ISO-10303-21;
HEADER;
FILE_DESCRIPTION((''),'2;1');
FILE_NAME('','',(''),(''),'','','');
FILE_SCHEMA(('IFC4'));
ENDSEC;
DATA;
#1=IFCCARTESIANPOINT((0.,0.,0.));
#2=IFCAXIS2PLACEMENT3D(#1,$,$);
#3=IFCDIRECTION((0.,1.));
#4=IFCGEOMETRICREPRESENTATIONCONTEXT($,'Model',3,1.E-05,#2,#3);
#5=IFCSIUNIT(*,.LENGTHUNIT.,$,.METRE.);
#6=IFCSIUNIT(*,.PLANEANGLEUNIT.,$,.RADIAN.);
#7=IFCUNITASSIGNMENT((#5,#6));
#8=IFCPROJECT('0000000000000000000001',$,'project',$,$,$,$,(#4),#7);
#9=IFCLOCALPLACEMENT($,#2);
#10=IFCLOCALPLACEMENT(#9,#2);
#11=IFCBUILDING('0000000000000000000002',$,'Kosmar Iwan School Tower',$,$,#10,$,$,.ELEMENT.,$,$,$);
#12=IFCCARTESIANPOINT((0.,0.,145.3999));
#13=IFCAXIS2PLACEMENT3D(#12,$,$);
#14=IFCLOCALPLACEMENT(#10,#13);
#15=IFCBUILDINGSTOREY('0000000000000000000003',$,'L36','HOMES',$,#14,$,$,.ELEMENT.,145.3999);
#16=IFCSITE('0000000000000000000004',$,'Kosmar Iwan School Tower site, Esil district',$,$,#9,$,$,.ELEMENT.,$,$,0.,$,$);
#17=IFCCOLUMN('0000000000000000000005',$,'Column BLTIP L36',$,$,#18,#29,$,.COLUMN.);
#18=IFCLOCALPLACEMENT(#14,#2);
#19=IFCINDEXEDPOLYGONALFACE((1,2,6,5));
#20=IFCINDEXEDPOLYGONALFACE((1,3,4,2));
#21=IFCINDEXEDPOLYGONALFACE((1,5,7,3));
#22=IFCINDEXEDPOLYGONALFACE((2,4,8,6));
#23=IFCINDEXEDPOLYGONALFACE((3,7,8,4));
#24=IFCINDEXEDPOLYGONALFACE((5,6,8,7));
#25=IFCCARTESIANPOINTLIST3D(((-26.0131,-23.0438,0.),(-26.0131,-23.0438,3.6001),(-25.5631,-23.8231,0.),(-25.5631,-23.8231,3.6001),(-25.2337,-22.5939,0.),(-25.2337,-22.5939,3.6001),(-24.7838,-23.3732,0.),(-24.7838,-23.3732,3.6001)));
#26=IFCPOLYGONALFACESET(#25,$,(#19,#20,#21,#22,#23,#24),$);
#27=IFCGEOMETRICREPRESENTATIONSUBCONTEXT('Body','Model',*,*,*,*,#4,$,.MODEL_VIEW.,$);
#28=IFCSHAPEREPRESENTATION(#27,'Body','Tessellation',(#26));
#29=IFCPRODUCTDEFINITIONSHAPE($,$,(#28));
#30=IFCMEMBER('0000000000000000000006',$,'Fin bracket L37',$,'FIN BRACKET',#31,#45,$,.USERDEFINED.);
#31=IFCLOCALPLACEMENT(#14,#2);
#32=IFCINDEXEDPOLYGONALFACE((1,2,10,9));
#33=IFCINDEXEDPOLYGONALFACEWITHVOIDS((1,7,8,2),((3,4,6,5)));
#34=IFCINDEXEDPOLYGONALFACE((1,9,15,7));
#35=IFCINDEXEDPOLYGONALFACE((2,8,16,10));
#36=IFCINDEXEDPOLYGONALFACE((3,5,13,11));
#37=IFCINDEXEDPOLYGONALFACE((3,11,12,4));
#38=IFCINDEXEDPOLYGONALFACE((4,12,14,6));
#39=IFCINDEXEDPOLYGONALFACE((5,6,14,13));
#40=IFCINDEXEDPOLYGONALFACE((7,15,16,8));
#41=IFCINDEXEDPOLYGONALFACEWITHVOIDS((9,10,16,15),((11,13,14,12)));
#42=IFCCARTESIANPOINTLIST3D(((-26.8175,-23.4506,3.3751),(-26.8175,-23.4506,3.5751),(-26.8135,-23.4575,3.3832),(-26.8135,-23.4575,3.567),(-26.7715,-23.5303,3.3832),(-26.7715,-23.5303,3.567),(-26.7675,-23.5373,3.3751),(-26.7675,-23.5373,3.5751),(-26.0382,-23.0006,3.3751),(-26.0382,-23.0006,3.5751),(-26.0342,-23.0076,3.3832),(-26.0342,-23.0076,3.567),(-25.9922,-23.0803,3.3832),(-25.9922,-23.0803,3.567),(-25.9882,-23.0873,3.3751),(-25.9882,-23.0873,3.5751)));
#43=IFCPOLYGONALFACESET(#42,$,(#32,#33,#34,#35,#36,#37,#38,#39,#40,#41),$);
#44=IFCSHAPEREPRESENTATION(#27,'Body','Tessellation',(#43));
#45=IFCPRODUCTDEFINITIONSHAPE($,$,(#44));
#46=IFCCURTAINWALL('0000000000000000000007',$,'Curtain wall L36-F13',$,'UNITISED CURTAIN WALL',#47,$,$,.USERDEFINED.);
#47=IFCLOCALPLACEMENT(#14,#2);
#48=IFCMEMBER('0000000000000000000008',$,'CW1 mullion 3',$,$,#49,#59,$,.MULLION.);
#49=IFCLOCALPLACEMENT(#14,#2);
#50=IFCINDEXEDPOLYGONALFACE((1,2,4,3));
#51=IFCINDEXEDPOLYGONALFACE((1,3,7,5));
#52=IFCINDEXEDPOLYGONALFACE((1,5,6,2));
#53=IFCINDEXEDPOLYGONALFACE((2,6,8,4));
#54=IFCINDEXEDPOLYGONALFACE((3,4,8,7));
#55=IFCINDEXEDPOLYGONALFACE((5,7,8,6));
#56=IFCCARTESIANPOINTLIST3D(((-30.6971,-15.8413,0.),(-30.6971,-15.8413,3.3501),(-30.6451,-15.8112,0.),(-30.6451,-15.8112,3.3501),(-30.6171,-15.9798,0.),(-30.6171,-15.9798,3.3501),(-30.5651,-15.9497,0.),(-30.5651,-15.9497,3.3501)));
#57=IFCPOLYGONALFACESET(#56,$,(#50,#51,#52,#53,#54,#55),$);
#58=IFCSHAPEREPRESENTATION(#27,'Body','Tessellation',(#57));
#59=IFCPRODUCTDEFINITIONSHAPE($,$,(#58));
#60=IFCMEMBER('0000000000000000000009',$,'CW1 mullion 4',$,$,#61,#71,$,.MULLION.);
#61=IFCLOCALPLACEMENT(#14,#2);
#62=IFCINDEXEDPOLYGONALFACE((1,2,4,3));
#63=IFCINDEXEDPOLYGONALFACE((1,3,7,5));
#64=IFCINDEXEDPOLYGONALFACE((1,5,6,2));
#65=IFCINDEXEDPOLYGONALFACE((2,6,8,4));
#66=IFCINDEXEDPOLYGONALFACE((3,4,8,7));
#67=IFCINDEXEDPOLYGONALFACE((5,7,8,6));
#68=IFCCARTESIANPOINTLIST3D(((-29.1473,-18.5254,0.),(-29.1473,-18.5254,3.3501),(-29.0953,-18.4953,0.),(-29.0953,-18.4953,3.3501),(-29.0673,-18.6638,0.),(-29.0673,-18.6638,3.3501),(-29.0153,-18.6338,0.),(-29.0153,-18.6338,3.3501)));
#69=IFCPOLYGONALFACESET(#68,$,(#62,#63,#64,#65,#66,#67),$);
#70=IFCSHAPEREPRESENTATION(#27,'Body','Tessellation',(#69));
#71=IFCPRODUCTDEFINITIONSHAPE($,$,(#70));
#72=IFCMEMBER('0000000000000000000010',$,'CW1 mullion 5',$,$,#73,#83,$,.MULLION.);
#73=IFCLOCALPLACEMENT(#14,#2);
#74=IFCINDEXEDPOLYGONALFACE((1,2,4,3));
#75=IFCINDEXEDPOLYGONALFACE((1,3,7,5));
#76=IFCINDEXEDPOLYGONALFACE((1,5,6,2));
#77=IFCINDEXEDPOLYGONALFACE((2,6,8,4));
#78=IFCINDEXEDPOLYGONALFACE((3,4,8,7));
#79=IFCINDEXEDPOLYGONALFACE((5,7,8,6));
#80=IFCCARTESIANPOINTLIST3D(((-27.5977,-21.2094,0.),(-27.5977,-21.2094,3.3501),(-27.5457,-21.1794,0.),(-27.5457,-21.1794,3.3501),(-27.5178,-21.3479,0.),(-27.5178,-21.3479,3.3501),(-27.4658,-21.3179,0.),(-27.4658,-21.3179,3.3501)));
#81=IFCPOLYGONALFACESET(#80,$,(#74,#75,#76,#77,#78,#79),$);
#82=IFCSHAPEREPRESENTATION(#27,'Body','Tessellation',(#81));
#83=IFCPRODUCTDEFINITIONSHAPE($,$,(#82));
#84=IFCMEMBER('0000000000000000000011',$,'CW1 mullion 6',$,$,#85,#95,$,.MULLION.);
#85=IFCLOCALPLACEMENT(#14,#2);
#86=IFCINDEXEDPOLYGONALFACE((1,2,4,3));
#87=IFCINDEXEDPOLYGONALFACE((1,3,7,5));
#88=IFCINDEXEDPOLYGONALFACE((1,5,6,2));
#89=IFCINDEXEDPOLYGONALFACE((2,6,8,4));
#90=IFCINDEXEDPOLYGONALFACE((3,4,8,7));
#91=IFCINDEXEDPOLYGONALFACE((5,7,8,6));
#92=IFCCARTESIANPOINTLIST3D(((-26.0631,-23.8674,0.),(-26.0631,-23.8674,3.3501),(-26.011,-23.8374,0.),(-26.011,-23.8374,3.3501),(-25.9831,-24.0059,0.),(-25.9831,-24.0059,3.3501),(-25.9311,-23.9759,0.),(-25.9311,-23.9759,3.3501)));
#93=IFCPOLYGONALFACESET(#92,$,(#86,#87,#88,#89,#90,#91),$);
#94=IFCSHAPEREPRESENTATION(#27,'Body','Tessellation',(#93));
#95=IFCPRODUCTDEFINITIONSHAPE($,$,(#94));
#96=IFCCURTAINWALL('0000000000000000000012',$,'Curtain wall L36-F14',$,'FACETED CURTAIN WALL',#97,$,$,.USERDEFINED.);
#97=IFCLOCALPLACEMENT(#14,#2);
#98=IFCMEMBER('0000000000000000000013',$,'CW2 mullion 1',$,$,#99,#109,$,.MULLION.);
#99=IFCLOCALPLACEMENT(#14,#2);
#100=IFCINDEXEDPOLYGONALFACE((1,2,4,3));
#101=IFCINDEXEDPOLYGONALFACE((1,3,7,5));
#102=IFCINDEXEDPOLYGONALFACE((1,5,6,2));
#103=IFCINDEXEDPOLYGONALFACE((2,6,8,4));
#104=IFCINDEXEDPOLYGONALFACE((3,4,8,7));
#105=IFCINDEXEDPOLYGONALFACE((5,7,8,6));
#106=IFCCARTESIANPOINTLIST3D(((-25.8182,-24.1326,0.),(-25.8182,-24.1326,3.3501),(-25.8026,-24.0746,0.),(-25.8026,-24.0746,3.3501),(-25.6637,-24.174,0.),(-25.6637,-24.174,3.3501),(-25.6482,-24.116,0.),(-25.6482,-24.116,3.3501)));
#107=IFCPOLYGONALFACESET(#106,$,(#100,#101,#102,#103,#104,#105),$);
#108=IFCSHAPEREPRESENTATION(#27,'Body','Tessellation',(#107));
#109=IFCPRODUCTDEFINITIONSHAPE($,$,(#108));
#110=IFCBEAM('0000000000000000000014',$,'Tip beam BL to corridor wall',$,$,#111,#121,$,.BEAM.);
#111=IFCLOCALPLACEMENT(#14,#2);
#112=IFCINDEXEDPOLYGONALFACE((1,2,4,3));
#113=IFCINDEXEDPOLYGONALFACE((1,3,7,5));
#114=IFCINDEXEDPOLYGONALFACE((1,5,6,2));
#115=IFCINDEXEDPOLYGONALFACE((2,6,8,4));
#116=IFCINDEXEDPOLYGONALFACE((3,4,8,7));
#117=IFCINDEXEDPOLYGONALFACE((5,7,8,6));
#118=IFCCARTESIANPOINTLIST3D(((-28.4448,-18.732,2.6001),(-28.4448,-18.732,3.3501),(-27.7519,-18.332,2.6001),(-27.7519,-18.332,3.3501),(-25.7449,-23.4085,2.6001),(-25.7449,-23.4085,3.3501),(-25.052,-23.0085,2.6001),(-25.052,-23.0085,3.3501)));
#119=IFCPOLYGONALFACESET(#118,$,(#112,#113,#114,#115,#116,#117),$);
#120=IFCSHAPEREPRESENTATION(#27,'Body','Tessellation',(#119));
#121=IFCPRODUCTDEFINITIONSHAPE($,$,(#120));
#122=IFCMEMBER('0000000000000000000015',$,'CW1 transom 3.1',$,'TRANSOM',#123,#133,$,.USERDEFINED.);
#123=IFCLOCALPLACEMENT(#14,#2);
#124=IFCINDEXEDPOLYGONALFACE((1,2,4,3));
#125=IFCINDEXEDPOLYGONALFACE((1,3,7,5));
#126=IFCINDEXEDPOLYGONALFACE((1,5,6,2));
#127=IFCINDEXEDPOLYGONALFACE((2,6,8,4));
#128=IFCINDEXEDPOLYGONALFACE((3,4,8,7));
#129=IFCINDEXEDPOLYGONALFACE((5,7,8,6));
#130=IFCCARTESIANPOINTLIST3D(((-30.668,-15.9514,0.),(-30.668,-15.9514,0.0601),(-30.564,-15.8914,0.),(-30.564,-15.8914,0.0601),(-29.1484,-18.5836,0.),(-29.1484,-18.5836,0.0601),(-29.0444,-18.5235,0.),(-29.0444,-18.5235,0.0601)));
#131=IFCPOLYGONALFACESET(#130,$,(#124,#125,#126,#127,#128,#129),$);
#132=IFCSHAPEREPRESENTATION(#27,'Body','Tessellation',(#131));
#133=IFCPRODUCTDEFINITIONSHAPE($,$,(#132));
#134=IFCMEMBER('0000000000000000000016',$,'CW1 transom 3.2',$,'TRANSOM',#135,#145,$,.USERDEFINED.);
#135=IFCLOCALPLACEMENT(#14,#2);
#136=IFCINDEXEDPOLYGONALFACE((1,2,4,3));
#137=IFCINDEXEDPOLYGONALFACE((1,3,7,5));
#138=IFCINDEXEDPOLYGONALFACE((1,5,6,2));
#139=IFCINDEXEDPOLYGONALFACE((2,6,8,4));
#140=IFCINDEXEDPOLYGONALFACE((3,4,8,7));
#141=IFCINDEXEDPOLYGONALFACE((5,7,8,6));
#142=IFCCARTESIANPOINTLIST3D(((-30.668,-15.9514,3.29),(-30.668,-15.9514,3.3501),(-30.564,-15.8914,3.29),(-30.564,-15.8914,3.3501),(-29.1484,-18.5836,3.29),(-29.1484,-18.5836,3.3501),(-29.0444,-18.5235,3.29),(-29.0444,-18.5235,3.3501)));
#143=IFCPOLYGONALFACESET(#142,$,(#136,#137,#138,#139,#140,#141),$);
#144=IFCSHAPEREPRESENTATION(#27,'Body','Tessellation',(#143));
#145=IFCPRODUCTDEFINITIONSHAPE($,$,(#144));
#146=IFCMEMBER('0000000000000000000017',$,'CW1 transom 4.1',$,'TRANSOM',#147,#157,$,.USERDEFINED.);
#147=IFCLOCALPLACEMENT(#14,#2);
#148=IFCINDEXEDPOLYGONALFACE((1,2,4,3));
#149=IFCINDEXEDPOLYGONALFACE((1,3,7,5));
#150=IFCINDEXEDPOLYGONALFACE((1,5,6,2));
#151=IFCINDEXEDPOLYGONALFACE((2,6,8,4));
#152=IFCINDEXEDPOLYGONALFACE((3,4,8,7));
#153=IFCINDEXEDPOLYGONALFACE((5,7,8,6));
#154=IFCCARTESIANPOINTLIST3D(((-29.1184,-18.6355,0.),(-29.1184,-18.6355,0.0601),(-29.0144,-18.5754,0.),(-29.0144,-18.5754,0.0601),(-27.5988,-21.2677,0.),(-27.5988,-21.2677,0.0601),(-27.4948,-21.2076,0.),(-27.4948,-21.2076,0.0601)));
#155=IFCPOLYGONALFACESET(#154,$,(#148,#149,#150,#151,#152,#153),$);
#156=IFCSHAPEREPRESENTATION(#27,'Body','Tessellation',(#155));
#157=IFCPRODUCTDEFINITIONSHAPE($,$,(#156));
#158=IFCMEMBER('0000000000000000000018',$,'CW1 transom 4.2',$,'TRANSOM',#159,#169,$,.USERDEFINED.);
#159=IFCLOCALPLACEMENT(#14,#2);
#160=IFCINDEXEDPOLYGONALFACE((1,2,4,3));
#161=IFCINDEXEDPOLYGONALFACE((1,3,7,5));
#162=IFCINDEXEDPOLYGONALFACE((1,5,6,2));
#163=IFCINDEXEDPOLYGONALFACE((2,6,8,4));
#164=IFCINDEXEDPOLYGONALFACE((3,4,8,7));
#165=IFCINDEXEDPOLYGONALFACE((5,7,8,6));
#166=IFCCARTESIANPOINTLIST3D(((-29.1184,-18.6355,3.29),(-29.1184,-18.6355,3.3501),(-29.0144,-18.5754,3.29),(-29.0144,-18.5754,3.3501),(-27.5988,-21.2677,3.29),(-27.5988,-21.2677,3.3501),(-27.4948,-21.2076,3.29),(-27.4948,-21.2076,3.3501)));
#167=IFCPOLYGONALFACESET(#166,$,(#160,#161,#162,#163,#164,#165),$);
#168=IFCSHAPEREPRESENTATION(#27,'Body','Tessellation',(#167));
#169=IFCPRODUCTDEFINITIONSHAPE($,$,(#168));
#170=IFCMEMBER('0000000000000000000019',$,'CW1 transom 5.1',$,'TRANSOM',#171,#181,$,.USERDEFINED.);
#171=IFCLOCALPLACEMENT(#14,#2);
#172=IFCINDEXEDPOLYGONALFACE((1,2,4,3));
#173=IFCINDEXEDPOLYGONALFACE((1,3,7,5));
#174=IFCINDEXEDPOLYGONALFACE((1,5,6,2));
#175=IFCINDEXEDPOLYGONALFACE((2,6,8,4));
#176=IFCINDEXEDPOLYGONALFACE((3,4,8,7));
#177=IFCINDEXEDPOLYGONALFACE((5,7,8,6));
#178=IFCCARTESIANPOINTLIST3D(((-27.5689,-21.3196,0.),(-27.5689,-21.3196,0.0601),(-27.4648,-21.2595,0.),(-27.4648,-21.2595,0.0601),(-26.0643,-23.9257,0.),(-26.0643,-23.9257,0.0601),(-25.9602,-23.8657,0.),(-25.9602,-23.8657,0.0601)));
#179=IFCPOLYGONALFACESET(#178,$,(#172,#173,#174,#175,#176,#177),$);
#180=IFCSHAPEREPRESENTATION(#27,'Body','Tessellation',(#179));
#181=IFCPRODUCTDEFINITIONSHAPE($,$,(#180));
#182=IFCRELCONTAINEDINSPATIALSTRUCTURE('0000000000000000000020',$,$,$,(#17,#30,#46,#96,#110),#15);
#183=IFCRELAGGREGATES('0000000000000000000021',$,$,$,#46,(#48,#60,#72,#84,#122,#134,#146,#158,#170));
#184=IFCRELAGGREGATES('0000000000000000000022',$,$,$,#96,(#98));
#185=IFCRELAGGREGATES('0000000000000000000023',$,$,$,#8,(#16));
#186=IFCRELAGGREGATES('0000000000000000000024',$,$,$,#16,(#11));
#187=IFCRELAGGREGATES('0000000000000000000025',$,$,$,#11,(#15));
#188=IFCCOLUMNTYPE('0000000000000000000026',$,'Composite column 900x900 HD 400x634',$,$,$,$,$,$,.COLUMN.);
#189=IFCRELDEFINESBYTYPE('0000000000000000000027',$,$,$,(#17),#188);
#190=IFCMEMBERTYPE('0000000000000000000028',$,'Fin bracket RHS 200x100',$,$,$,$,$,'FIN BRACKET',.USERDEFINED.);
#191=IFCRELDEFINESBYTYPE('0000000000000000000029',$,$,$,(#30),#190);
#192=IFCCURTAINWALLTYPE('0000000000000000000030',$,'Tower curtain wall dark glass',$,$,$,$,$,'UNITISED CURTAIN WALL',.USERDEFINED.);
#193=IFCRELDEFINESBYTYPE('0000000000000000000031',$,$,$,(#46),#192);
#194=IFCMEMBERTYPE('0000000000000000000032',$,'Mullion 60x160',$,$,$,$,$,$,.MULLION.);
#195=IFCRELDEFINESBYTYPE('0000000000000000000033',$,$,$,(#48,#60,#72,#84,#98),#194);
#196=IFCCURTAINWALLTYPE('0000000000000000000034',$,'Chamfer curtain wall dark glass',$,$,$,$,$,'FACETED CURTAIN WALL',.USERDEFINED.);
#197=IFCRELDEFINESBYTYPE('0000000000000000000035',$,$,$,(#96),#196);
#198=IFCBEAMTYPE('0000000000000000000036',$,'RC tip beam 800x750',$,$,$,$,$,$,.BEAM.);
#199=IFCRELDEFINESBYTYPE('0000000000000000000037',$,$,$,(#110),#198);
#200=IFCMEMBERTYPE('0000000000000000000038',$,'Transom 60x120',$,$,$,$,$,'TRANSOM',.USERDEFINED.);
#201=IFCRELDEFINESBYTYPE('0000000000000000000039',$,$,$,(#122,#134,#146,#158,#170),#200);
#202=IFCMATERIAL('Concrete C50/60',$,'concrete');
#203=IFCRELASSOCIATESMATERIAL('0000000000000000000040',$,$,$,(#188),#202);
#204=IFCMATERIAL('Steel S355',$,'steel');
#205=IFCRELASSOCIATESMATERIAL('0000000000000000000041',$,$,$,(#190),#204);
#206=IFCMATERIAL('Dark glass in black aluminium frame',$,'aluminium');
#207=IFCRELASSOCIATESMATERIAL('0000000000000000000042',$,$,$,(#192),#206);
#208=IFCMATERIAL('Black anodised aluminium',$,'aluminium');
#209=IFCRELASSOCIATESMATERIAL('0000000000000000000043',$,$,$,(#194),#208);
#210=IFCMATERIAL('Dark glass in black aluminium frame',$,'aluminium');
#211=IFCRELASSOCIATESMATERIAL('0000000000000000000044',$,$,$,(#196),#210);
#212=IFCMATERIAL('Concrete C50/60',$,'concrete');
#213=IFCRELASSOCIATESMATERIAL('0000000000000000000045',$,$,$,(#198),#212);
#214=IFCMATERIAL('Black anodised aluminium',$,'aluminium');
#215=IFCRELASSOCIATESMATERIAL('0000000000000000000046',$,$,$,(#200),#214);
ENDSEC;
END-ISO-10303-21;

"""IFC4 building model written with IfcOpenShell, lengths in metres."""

from ifc_helpers import new_model, si_unit, direction, frame, origin, origin_2d, place, context, subcontext, project, spatial, rectangle, hollow_rectangle, extrude, material, material_profile, profile_set, type_object, element, aggregate, save


model = new_model("IFC4")

# Units and contexts
model_context = context("Model", 3, precision=1e-05, world=origin(), true_north=direction((0.0, 1.0)))
body_context = subcontext(model_context, "Body", "Model", "MODEL_VIEW")
ifc_project = project(units=[si_unit("LENGTHUNIT", "METRE"), si_unit("PLANEANGLEUNIT", "RADIAN")], contexts=[model_context])

# Site, building, storey
site_placement = place(None, origin())
site = spatial("IfcSite", under=ifc_project, at=site_placement, Name="Kosmar Iwan School Tower site, Esil district", CompositionType="ELEMENT", RefElevation=0.0)
building_placement = place(site_placement, origin())
building = spatial("IfcBuilding", under=site, at=building_placement, Name="Kosmar Iwan School Tower", CompositionType="ELEMENT")
storey_placement = place(building_placement, frame((0.0, 0.0, 145.3999)))
storey = spatial("IfcBuildingStorey", under=building, at=storey_placement, Name="L36", Description="HOMES", CompositionType="ELEMENT", Elevation=145.3999)

# Column
ifc_material_1 = material(Name="Concrete C50/60", Category="concrete")
ifc_material_profile_1 = material_profile(ifc_material_1, rectangle(XDim=0.8999, YDim=0.8999, at=origin_2d()), Name="RC 900x900 + HD 400x634")
ifc_profile_set_1 = profile_set([ifc_material_profile_1], Name="Concrete C50/60")
column_type = type_object("IfcColumnType", Name="Composite column 900x900 HD 400x634", PredefinedType="COLUMN", material=ifc_profile_set_1)
column_placement = place(storey_placement, frame((-25.3984, -23.2085, 0.0), z_axis=(0.0, 0.0, 1.0), x_axis=(-0.866025, -0.5, 0.0)))
element("IfcColumn", 1, at=column_placement, inside=storey, type_object=column_type, Name="Column BLTIP L36", PredefinedType="COLUMN", context=body_context, shape_type="SweptSolid", body=[
    extrude(rectangle(XDim=0.8999, YDim=0.8999, at=origin_2d()), origin(), (0.0, 0.0, 1.0), 3.6001),
])

# Member
ifc_material_2 = material(Name="Steel S355", Category="steel")
ifc_material_profile_2 = material_profile(ifc_material_2, hollow_rectangle(XDim=0.1001, YDim=0.2, WallThickness=0.0081, at=origin_2d()), Name="RHS 200x100x8")
ifc_profile_set_2 = profile_set([ifc_material_profile_2], Name="Steel S355")
member_type_1 = type_object("IfcMemberType", Name="Fin bracket RHS 200x100", ElementType="FIN BRACKET", PredefinedType="USERDEFINED", material=ifc_profile_set_2)
member_1_placement = place(storey_placement, frame((-26.0132, -23.0439, 3.4751), z_axis=(-0.866014, -0.50002, 0.0), x_axis=(0.50002, -0.866014, 0.0)))
element("IfcMember", 2, at=member_1_placement, inside=storey, type_object=member_type_1, Name="Fin bracket L37", ObjectType="FIN BRACKET", PredefinedType="USERDEFINED", context=body_context, shape_type="SweptSolid", body=[
    extrude(hollow_rectangle(XDim=0.1001, YDim=0.2, WallThickness=0.0081, at=origin_2d()), origin(), (0.0, 0.0, 1.0), 0.8999),
])

# Curtain wall, members
ifc_material_3 = material(Name="Dark glass in black aluminium frame", Category="aluminium")
curtain_wall_type_1 = type_object("IfcCurtainWallType", Name="Tower curtain wall dark glass", ElementType="UNITISED CURTAIN WALL", PredefinedType="USERDEFINED", material=ifc_material_3)
curtain_wall_1_placement = place(storey_placement, origin())
curtain_wall_1 = element("IfcCurtainWall", 3, at=curtain_wall_1_placement, inside=storey, type_object=curtain_wall_type_1, Name="Curtain wall L36-F13", ObjectType="UNITISED CURTAIN WALL", PredefinedType="USERDEFINED")
ifc_material_4 = material(Name="Black anodised aluminium", Category="aluminium")
ifc_material_profile_3 = material_profile(ifc_material_4, rectangle(XDim=0.0601, YDim=0.1599, at=origin_2d()), Name="MULLION 60x160")
ifc_profile_set_3 = profile_set([ifc_material_profile_3], Name="Black anodised aluminium")
member_type_2 = type_object("IfcMemberType", Name="Mullion 60x160", PredefinedType="MULLION", material=ifc_profile_set_3)
member_2_placement = place(storey_placement, frame((-30.6311, -15.8955, 0.0), z_axis=(0.0, 0.0, 1.0), x_axis=(0.866025, 0.5, 0.0)))
member_2 = element("IfcMember", 4, at=member_2_placement, type_object=member_type_2, Name="CW1 mullion 3", PredefinedType="MULLION", context=body_context, shape_type="SweptSolid", body=[
    extrude(rectangle(XDim=0.0601, YDim=0.1599, at=origin_2d()), origin(), (0.0, 0.0, 1.0), 3.3501),
])
member_3_placement = place(storey_placement, frame((-29.0813, -18.5796, 0.0), z_axis=(0.0, 0.0, 1.0), x_axis=(0.866025, 0.5, 0.0)))
member_3 = element("IfcMember", 5, at=member_3_placement, type_object=member_type_2, Name="CW1 mullion 4", PredefinedType="MULLION", context=body_context, shape_type="SweptSolid", body=[
    extrude(rectangle(XDim=0.0601, YDim=0.1599, at=origin_2d()), origin(), (0.0, 0.0, 1.0), 3.3501),
])
member_4_placement = place(storey_placement, frame((-27.5317, -21.2637, 0.0), z_axis=(0.0, 0.0, 1.0), x_axis=(0.866025, 0.5, 0.0)))
member_4 = element("IfcMember", 6, at=member_4_placement, type_object=member_type_2, Name="CW1 mullion 5", PredefinedType="MULLION", context=body_context, shape_type="SweptSolid", body=[
    extrude(rectangle(XDim=0.0601, YDim=0.1599, at=origin_2d()), origin(), (0.0, 0.0, 1.0), 3.3501),
])
member_5_placement = place(storey_placement, frame((-25.9971, -23.9216, 0.0), z_axis=(0.0, 0.0, 1.0), x_axis=(0.866025, 0.5, 0.0)))
member_5 = element("IfcMember", 7, at=member_5_placement, type_object=member_type_2, Name="CW1 mullion 6", PredefinedType="MULLION", context=body_context, shape_type="SweptSolid", body=[
    extrude(rectangle(XDim=0.0601, YDim=0.1599, at=origin_2d()), origin(), (0.0, 0.0, 1.0), 3.3501),
])

# Curtain wall, member
ifc_material_5 = material(Name="Dark glass in black aluminium frame", Category="aluminium")
curtain_wall_type_2 = type_object("IfcCurtainWallType", Name="Chamfer curtain wall dark glass", ElementType="FACETED CURTAIN WALL", PredefinedType="USERDEFINED", material=ifc_material_5)
curtain_wall_2_placement = place(storey_placement, origin())
curtain_wall_2 = element("IfcCurtainWall", 8, at=curtain_wall_2_placement, inside=storey, type_object=curtain_wall_type_2, Name="Curtain wall L36-F14", ObjectType="FACETED CURTAIN WALL", PredefinedType="USERDEFINED")
member_6_placement = place(storey_placement, frame((-25.7332, -24.1243, 0.0), z_axis=(0.0, 0.0, 1.0), x_axis=(0.258819, 0.965926, 0.0)))
member_6 = element("IfcMember", 9, at=member_6_placement, type_object=member_type_2, Name="CW2 mullion 1", PredefinedType="MULLION", context=body_context, shape_type="SweptSolid", body=[
    extrude(rectangle(XDim=0.0601, YDim=0.1599, at=origin_2d()), origin(), (0.0, 0.0, 1.0), 3.3501),
])

# Beam
ifc_material_6 = material(Name="Concrete C50/60", Category="concrete")
ifc_material_profile_4 = material_profile(ifc_material_6, rectangle(XDim=0.8, YDim=0.75, at=origin_2d()), Name="RC 800x750")
ifc_profile_set_4 = profile_set([ifc_material_profile_4], Name="Concrete C50/60")
beam_type = type_object("IfcBeamType", Name="RC tip beam 800x750", PredefinedType="BEAM", material=ifc_profile_set_4)
beam_placement = place(storey_placement, frame((-25.3984, -23.2085, 2.9751), z_axis=(-0.499995, 0.866028, 0.0), x_axis=(-0.866028, -0.499995, 0.0)))
element("IfcBeam", 10, at=beam_placement, inside=storey, type_object=beam_type, Name="Tip beam BL to corridor wall", PredefinedType="BEAM", context=body_context, shape_type="SweptSolid", body=[
    extrude(rectangle(XDim=0.8, YDim=0.75, at=origin_2d()), origin(), (0.0, 0.0, 1.0), 5.3999),
])

# Members
ifc_material_7 = material(Name="Black anodised aluminium", Category="aluminium")
ifc_material_profile_5 = material_profile(ifc_material_7, rectangle(XDim=0.1201, YDim=0.0601, at=origin_2d()), Name="TRANSOM 60x120")
ifc_profile_set_5 = profile_set([ifc_material_profile_5], Name="Black anodised aluminium")
member_type_3 = type_object("IfcMemberType", Name="Transom 60x120", ElementType="TRANSOM", PredefinedType="USERDEFINED", material=ifc_profile_set_5)
member_7_placement = place(storey_placement, frame((-30.616, -15.9214, 0.03), z_axis=(0.499975, -0.86604, 0.0), x_axis=(0.86604, 0.499975, 0.0)))
member_7 = element("IfcMember", 11, at=member_7_placement, type_object=member_type_3, Name="CW1 transom 3.1", ObjectType="TRANSOM", PredefinedType="USERDEFINED", context=body_context, shape_type="SweptSolid", body=[
    extrude(rectangle(XDim=0.1201, YDim=0.0601, at=origin_2d()), origin(), (0.0, 0.0, 1.0), 3.0393),
])
member_8_placement = place(storey_placement, frame((-30.616, -15.9214, 3.3201), z_axis=(0.499975, -0.86604, 0.0), x_axis=(0.86604, 0.499975, 0.0)))
member_8 = element("IfcMember", 12, at=member_8_placement, type_object=member_type_3, Name="CW1 transom 3.2", ObjectType="TRANSOM", PredefinedType="USERDEFINED", context=body_context, shape_type="SweptSolid", body=[
    extrude(rectangle(XDim=0.1201, YDim=0.0601, at=origin_2d()), origin(), (0.0, 0.0, 1.0), 3.0393),
])
member_9_placement = place(storey_placement, frame((-29.0664, -18.6055, 0.03), z_axis=(0.499975, -0.86604, 0.0), x_axis=(0.86604, 0.499975, 0.0)))
member_9 = element("IfcMember", 13, at=member_9_placement, type_object=member_type_3, Name="CW1 transom 4.1", ObjectType="TRANSOM", PredefinedType="USERDEFINED", context=body_context, shape_type="SweptSolid", body=[
    extrude(rectangle(XDim=0.1201, YDim=0.0601, at=origin_2d()), origin(), (0.0, 0.0, 1.0), 3.0393),
])
member_10_placement = place(storey_placement, frame((-29.0664, -18.6055, 3.3201), z_axis=(0.499975, -0.86604, 0.0), x_axis=(0.86604, 0.499975, 0.0)))
member_10 = element("IfcMember", 14, at=member_10_placement, type_object=member_type_3, Name="CW1 transom 4.2", ObjectType="TRANSOM", PredefinedType="USERDEFINED", context=body_context, shape_type="SweptSolid", body=[
    extrude(rectangle(XDim=0.1201, YDim=0.0601, at=origin_2d()), origin(), (0.0, 0.0, 1.0), 3.0393),
])
member_11_placement = place(storey_placement, frame((-27.5168, -21.2896, 0.03), z_axis=(0.499987, -0.866033, 0.0), x_axis=(0.866033, 0.499987, 0.0)))
member_11 = element("IfcMember", 15, at=member_11_placement, type_object=member_type_3, Name="CW1 transom 5.1", ObjectType="TRANSOM", PredefinedType="USERDEFINED", context=body_context, shape_type="SweptSolid", body=[
    extrude(rectangle(XDim=0.1201, YDim=0.0601, at=origin_2d()), origin(), (0.0, 0.0, 1.0), 3.0093),
])

aggregate(curtain_wall_1, [member_2, member_3, member_4, member_5, member_7, member_8, member_9, member_10, member_11])
aggregate(curtain_wall_2, [member_6])

save(model, "model.ifc")
